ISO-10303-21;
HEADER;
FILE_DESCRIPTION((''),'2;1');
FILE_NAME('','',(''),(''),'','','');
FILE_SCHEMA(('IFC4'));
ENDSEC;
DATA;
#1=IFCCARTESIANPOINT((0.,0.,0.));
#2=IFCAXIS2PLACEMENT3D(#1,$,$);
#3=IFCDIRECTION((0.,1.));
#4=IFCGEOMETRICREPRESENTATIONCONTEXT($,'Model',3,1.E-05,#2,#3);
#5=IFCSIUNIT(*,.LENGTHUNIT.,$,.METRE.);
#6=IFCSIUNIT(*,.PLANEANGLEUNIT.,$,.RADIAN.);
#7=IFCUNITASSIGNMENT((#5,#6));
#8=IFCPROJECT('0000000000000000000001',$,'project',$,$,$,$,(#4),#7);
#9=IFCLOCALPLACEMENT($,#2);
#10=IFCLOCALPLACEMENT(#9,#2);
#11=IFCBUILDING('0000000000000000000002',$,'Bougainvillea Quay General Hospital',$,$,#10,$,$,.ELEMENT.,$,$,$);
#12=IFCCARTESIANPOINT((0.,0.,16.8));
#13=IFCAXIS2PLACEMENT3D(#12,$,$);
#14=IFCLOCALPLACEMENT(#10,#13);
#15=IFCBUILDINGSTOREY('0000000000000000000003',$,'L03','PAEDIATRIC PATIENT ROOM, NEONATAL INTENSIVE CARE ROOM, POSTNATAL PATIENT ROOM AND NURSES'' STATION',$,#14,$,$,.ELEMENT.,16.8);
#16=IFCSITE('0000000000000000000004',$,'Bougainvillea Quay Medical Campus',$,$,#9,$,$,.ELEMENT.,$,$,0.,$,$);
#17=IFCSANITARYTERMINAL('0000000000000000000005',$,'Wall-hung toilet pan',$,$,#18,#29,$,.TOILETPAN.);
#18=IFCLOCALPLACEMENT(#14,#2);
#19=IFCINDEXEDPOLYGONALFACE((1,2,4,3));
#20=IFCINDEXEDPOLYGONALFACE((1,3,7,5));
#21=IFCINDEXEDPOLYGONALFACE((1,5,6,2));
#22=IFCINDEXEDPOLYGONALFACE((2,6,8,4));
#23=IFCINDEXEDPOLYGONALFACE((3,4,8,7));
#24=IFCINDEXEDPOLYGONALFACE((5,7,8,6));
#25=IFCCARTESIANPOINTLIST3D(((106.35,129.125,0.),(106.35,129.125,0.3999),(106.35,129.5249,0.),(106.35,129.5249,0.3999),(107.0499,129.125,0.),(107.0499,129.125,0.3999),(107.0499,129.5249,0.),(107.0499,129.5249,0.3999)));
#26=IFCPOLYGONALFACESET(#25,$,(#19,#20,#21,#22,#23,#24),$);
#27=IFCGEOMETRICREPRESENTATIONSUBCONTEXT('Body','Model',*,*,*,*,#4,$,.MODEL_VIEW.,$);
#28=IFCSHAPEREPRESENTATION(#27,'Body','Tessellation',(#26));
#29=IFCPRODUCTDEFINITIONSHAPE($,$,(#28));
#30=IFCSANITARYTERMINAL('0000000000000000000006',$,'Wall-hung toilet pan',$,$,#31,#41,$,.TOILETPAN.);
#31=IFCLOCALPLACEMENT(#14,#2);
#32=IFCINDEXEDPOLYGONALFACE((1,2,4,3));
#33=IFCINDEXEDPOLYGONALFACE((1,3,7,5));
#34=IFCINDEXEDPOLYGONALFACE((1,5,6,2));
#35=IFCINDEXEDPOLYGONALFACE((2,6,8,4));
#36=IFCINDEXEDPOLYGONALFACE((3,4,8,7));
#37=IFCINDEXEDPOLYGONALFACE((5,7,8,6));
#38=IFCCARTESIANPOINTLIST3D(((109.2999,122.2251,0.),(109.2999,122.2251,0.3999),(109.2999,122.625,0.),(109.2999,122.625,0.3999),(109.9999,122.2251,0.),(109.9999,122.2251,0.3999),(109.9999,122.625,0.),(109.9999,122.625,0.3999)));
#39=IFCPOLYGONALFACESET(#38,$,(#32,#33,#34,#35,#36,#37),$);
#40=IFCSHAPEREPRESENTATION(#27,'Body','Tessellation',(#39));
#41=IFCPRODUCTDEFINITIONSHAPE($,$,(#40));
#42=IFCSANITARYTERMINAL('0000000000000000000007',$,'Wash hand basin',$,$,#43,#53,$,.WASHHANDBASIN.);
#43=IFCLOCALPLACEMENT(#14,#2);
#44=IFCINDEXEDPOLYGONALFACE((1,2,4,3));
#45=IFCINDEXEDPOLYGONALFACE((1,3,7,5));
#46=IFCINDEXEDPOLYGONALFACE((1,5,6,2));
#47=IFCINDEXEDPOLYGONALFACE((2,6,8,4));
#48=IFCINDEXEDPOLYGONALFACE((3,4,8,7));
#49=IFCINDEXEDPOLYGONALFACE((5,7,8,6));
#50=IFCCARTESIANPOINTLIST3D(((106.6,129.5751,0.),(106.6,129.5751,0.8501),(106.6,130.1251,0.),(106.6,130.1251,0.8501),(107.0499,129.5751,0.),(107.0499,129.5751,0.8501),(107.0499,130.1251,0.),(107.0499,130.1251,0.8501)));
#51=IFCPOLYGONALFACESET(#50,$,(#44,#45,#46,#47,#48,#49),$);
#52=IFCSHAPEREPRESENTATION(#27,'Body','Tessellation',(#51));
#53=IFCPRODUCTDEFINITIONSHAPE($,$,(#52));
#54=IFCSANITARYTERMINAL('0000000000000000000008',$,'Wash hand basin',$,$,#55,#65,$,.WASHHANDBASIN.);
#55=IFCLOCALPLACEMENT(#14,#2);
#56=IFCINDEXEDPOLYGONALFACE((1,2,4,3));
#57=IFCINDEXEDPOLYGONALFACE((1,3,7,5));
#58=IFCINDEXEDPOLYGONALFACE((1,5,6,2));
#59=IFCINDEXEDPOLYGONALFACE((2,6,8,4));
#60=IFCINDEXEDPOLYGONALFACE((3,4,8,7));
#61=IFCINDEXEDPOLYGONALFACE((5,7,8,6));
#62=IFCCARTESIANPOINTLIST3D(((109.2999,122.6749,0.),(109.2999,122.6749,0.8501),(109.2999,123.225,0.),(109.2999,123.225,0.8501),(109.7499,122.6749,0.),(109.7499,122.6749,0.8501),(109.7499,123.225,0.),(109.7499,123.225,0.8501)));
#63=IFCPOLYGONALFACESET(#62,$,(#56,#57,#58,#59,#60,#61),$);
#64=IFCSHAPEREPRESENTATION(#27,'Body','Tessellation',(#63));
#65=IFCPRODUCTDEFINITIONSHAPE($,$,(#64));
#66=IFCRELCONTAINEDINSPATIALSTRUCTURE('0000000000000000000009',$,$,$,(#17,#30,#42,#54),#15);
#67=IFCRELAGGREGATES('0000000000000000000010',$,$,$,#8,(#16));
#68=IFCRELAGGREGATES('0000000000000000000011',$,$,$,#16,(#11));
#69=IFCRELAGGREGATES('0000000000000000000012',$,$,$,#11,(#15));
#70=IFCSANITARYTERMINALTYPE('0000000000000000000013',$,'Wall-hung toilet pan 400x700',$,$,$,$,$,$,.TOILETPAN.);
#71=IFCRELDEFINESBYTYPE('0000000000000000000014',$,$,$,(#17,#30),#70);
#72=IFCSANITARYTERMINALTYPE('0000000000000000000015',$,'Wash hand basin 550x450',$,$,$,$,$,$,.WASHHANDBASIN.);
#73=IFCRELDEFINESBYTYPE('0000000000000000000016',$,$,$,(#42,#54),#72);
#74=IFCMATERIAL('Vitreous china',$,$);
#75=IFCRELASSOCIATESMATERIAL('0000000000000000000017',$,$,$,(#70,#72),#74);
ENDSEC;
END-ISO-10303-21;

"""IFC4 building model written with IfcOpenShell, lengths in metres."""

from ifc_helpers import new_model, si_unit, direction, frame, origin, origin_2d, place, context, subcontext, project, spatial, rectangle, extrude, material, type_object, element, save


model = new_model("IFC4")

# Units and contexts
model_context = context("Model", 3, precision=1e-05, world=origin(), true_north=direction((0.0, 1.0)))
body_context = subcontext(model_context, "Body", "Model", "MODEL_VIEW")
ifc_project = project(units=[si_unit("LENGTHUNIT", "METRE"), si_unit("PLANEANGLEUNIT", "RADIAN")], contexts=[model_context])

# Site, building, storey
site_placement = place(None, origin())
site = spatial("IfcSite", under=ifc_project, at=site_placement, Name="Bougainvillea Quay Medical Campus", CompositionType="ELEMENT", RefElevation=0.0)
building_placement = place(site_placement, origin())
building = spatial("IfcBuilding", under=site, at=building_placement, Name="Bougainvillea Quay General Hospital", CompositionType="ELEMENT")
storey_placement = place(building_placement, frame((0.0, 0.0, 16.8)))
storey = spatial("IfcBuildingStorey", under=building, at=storey_placement, Name="L03", Description="PAEDIATRIC PATIENT ROOM, NEONATAL INTENSIVE CARE ROOM, POSTNATAL PATIENT ROOM AND NURSES' STATION", CompositionType="ELEMENT", Elevation=16.8)

# Sanitary terminals
ifc_material_1 = material(Name="Vitreous china")
sanitary_terminal_type_1 = type_object("IfcSanitaryTerminalType", Name="Wall-hung toilet pan 400x700", PredefinedType="TOILETPAN", material=ifc_material_1)
for number, where, z_axis, x_axis, name in (
    (1, (106.7, 129.325, 0.0), (0.0, 0.0, 1.0), (0.0, -1.0, 0.0), "Wall-hung toilet pan"),
    (2, (109.6499, 122.425, 0.0), (0.0, 0.0, 1.0), (0.0, 1.0, 0.0), "Wall-hung toilet pan"),
):
    element("IfcSanitaryTerminal", number, at=place(storey_placement, frame(where, z_axis=z_axis, x_axis=x_axis)), inside=storey, type_object=sanitary_terminal_type_1, Name=name, PredefinedType="TOILETPAN", context=body_context, shape_type="SweptSolid", body=[
        extrude(rectangle(XDim=0.3999, YDim=0.7, at=origin_2d()), origin(), (0.0, 0.0, 1.0), 0.3999),
    ])
sanitary_terminal_type_2 = type_object("IfcSanitaryTerminalType", Name="Wash hand basin 550x450", PredefinedType="WASHHANDBASIN", material=ifc_material_1)
for number, where, z_axis, x_axis, name in (
    (3, (106.825, 129.8501, 0.0), (0.0, 0.0, 1.0), (0.0, -1.0, 0.0), "Wash hand basin"),
    (4, (109.5249, 122.95, 0.0), (0.0, 0.0, 1.0), (0.0, 1.0, 0.0), "Wash hand basin"),
):
    element("IfcSanitaryTerminal", number, at=place(storey_placement, frame(where, z_axis=z_axis, x_axis=x_axis)), inside=storey, type_object=sanitary_terminal_type_2, Name=name, PredefinedType="WASHHANDBASIN", context=body_context, shape_type="SweptSolid", body=[
        extrude(rectangle(XDim=0.55, YDim=0.45, at=origin_2d()), origin(), (0.0, 0.0, 1.0), 0.8501),
    ])

save(model, "model.ifc")
